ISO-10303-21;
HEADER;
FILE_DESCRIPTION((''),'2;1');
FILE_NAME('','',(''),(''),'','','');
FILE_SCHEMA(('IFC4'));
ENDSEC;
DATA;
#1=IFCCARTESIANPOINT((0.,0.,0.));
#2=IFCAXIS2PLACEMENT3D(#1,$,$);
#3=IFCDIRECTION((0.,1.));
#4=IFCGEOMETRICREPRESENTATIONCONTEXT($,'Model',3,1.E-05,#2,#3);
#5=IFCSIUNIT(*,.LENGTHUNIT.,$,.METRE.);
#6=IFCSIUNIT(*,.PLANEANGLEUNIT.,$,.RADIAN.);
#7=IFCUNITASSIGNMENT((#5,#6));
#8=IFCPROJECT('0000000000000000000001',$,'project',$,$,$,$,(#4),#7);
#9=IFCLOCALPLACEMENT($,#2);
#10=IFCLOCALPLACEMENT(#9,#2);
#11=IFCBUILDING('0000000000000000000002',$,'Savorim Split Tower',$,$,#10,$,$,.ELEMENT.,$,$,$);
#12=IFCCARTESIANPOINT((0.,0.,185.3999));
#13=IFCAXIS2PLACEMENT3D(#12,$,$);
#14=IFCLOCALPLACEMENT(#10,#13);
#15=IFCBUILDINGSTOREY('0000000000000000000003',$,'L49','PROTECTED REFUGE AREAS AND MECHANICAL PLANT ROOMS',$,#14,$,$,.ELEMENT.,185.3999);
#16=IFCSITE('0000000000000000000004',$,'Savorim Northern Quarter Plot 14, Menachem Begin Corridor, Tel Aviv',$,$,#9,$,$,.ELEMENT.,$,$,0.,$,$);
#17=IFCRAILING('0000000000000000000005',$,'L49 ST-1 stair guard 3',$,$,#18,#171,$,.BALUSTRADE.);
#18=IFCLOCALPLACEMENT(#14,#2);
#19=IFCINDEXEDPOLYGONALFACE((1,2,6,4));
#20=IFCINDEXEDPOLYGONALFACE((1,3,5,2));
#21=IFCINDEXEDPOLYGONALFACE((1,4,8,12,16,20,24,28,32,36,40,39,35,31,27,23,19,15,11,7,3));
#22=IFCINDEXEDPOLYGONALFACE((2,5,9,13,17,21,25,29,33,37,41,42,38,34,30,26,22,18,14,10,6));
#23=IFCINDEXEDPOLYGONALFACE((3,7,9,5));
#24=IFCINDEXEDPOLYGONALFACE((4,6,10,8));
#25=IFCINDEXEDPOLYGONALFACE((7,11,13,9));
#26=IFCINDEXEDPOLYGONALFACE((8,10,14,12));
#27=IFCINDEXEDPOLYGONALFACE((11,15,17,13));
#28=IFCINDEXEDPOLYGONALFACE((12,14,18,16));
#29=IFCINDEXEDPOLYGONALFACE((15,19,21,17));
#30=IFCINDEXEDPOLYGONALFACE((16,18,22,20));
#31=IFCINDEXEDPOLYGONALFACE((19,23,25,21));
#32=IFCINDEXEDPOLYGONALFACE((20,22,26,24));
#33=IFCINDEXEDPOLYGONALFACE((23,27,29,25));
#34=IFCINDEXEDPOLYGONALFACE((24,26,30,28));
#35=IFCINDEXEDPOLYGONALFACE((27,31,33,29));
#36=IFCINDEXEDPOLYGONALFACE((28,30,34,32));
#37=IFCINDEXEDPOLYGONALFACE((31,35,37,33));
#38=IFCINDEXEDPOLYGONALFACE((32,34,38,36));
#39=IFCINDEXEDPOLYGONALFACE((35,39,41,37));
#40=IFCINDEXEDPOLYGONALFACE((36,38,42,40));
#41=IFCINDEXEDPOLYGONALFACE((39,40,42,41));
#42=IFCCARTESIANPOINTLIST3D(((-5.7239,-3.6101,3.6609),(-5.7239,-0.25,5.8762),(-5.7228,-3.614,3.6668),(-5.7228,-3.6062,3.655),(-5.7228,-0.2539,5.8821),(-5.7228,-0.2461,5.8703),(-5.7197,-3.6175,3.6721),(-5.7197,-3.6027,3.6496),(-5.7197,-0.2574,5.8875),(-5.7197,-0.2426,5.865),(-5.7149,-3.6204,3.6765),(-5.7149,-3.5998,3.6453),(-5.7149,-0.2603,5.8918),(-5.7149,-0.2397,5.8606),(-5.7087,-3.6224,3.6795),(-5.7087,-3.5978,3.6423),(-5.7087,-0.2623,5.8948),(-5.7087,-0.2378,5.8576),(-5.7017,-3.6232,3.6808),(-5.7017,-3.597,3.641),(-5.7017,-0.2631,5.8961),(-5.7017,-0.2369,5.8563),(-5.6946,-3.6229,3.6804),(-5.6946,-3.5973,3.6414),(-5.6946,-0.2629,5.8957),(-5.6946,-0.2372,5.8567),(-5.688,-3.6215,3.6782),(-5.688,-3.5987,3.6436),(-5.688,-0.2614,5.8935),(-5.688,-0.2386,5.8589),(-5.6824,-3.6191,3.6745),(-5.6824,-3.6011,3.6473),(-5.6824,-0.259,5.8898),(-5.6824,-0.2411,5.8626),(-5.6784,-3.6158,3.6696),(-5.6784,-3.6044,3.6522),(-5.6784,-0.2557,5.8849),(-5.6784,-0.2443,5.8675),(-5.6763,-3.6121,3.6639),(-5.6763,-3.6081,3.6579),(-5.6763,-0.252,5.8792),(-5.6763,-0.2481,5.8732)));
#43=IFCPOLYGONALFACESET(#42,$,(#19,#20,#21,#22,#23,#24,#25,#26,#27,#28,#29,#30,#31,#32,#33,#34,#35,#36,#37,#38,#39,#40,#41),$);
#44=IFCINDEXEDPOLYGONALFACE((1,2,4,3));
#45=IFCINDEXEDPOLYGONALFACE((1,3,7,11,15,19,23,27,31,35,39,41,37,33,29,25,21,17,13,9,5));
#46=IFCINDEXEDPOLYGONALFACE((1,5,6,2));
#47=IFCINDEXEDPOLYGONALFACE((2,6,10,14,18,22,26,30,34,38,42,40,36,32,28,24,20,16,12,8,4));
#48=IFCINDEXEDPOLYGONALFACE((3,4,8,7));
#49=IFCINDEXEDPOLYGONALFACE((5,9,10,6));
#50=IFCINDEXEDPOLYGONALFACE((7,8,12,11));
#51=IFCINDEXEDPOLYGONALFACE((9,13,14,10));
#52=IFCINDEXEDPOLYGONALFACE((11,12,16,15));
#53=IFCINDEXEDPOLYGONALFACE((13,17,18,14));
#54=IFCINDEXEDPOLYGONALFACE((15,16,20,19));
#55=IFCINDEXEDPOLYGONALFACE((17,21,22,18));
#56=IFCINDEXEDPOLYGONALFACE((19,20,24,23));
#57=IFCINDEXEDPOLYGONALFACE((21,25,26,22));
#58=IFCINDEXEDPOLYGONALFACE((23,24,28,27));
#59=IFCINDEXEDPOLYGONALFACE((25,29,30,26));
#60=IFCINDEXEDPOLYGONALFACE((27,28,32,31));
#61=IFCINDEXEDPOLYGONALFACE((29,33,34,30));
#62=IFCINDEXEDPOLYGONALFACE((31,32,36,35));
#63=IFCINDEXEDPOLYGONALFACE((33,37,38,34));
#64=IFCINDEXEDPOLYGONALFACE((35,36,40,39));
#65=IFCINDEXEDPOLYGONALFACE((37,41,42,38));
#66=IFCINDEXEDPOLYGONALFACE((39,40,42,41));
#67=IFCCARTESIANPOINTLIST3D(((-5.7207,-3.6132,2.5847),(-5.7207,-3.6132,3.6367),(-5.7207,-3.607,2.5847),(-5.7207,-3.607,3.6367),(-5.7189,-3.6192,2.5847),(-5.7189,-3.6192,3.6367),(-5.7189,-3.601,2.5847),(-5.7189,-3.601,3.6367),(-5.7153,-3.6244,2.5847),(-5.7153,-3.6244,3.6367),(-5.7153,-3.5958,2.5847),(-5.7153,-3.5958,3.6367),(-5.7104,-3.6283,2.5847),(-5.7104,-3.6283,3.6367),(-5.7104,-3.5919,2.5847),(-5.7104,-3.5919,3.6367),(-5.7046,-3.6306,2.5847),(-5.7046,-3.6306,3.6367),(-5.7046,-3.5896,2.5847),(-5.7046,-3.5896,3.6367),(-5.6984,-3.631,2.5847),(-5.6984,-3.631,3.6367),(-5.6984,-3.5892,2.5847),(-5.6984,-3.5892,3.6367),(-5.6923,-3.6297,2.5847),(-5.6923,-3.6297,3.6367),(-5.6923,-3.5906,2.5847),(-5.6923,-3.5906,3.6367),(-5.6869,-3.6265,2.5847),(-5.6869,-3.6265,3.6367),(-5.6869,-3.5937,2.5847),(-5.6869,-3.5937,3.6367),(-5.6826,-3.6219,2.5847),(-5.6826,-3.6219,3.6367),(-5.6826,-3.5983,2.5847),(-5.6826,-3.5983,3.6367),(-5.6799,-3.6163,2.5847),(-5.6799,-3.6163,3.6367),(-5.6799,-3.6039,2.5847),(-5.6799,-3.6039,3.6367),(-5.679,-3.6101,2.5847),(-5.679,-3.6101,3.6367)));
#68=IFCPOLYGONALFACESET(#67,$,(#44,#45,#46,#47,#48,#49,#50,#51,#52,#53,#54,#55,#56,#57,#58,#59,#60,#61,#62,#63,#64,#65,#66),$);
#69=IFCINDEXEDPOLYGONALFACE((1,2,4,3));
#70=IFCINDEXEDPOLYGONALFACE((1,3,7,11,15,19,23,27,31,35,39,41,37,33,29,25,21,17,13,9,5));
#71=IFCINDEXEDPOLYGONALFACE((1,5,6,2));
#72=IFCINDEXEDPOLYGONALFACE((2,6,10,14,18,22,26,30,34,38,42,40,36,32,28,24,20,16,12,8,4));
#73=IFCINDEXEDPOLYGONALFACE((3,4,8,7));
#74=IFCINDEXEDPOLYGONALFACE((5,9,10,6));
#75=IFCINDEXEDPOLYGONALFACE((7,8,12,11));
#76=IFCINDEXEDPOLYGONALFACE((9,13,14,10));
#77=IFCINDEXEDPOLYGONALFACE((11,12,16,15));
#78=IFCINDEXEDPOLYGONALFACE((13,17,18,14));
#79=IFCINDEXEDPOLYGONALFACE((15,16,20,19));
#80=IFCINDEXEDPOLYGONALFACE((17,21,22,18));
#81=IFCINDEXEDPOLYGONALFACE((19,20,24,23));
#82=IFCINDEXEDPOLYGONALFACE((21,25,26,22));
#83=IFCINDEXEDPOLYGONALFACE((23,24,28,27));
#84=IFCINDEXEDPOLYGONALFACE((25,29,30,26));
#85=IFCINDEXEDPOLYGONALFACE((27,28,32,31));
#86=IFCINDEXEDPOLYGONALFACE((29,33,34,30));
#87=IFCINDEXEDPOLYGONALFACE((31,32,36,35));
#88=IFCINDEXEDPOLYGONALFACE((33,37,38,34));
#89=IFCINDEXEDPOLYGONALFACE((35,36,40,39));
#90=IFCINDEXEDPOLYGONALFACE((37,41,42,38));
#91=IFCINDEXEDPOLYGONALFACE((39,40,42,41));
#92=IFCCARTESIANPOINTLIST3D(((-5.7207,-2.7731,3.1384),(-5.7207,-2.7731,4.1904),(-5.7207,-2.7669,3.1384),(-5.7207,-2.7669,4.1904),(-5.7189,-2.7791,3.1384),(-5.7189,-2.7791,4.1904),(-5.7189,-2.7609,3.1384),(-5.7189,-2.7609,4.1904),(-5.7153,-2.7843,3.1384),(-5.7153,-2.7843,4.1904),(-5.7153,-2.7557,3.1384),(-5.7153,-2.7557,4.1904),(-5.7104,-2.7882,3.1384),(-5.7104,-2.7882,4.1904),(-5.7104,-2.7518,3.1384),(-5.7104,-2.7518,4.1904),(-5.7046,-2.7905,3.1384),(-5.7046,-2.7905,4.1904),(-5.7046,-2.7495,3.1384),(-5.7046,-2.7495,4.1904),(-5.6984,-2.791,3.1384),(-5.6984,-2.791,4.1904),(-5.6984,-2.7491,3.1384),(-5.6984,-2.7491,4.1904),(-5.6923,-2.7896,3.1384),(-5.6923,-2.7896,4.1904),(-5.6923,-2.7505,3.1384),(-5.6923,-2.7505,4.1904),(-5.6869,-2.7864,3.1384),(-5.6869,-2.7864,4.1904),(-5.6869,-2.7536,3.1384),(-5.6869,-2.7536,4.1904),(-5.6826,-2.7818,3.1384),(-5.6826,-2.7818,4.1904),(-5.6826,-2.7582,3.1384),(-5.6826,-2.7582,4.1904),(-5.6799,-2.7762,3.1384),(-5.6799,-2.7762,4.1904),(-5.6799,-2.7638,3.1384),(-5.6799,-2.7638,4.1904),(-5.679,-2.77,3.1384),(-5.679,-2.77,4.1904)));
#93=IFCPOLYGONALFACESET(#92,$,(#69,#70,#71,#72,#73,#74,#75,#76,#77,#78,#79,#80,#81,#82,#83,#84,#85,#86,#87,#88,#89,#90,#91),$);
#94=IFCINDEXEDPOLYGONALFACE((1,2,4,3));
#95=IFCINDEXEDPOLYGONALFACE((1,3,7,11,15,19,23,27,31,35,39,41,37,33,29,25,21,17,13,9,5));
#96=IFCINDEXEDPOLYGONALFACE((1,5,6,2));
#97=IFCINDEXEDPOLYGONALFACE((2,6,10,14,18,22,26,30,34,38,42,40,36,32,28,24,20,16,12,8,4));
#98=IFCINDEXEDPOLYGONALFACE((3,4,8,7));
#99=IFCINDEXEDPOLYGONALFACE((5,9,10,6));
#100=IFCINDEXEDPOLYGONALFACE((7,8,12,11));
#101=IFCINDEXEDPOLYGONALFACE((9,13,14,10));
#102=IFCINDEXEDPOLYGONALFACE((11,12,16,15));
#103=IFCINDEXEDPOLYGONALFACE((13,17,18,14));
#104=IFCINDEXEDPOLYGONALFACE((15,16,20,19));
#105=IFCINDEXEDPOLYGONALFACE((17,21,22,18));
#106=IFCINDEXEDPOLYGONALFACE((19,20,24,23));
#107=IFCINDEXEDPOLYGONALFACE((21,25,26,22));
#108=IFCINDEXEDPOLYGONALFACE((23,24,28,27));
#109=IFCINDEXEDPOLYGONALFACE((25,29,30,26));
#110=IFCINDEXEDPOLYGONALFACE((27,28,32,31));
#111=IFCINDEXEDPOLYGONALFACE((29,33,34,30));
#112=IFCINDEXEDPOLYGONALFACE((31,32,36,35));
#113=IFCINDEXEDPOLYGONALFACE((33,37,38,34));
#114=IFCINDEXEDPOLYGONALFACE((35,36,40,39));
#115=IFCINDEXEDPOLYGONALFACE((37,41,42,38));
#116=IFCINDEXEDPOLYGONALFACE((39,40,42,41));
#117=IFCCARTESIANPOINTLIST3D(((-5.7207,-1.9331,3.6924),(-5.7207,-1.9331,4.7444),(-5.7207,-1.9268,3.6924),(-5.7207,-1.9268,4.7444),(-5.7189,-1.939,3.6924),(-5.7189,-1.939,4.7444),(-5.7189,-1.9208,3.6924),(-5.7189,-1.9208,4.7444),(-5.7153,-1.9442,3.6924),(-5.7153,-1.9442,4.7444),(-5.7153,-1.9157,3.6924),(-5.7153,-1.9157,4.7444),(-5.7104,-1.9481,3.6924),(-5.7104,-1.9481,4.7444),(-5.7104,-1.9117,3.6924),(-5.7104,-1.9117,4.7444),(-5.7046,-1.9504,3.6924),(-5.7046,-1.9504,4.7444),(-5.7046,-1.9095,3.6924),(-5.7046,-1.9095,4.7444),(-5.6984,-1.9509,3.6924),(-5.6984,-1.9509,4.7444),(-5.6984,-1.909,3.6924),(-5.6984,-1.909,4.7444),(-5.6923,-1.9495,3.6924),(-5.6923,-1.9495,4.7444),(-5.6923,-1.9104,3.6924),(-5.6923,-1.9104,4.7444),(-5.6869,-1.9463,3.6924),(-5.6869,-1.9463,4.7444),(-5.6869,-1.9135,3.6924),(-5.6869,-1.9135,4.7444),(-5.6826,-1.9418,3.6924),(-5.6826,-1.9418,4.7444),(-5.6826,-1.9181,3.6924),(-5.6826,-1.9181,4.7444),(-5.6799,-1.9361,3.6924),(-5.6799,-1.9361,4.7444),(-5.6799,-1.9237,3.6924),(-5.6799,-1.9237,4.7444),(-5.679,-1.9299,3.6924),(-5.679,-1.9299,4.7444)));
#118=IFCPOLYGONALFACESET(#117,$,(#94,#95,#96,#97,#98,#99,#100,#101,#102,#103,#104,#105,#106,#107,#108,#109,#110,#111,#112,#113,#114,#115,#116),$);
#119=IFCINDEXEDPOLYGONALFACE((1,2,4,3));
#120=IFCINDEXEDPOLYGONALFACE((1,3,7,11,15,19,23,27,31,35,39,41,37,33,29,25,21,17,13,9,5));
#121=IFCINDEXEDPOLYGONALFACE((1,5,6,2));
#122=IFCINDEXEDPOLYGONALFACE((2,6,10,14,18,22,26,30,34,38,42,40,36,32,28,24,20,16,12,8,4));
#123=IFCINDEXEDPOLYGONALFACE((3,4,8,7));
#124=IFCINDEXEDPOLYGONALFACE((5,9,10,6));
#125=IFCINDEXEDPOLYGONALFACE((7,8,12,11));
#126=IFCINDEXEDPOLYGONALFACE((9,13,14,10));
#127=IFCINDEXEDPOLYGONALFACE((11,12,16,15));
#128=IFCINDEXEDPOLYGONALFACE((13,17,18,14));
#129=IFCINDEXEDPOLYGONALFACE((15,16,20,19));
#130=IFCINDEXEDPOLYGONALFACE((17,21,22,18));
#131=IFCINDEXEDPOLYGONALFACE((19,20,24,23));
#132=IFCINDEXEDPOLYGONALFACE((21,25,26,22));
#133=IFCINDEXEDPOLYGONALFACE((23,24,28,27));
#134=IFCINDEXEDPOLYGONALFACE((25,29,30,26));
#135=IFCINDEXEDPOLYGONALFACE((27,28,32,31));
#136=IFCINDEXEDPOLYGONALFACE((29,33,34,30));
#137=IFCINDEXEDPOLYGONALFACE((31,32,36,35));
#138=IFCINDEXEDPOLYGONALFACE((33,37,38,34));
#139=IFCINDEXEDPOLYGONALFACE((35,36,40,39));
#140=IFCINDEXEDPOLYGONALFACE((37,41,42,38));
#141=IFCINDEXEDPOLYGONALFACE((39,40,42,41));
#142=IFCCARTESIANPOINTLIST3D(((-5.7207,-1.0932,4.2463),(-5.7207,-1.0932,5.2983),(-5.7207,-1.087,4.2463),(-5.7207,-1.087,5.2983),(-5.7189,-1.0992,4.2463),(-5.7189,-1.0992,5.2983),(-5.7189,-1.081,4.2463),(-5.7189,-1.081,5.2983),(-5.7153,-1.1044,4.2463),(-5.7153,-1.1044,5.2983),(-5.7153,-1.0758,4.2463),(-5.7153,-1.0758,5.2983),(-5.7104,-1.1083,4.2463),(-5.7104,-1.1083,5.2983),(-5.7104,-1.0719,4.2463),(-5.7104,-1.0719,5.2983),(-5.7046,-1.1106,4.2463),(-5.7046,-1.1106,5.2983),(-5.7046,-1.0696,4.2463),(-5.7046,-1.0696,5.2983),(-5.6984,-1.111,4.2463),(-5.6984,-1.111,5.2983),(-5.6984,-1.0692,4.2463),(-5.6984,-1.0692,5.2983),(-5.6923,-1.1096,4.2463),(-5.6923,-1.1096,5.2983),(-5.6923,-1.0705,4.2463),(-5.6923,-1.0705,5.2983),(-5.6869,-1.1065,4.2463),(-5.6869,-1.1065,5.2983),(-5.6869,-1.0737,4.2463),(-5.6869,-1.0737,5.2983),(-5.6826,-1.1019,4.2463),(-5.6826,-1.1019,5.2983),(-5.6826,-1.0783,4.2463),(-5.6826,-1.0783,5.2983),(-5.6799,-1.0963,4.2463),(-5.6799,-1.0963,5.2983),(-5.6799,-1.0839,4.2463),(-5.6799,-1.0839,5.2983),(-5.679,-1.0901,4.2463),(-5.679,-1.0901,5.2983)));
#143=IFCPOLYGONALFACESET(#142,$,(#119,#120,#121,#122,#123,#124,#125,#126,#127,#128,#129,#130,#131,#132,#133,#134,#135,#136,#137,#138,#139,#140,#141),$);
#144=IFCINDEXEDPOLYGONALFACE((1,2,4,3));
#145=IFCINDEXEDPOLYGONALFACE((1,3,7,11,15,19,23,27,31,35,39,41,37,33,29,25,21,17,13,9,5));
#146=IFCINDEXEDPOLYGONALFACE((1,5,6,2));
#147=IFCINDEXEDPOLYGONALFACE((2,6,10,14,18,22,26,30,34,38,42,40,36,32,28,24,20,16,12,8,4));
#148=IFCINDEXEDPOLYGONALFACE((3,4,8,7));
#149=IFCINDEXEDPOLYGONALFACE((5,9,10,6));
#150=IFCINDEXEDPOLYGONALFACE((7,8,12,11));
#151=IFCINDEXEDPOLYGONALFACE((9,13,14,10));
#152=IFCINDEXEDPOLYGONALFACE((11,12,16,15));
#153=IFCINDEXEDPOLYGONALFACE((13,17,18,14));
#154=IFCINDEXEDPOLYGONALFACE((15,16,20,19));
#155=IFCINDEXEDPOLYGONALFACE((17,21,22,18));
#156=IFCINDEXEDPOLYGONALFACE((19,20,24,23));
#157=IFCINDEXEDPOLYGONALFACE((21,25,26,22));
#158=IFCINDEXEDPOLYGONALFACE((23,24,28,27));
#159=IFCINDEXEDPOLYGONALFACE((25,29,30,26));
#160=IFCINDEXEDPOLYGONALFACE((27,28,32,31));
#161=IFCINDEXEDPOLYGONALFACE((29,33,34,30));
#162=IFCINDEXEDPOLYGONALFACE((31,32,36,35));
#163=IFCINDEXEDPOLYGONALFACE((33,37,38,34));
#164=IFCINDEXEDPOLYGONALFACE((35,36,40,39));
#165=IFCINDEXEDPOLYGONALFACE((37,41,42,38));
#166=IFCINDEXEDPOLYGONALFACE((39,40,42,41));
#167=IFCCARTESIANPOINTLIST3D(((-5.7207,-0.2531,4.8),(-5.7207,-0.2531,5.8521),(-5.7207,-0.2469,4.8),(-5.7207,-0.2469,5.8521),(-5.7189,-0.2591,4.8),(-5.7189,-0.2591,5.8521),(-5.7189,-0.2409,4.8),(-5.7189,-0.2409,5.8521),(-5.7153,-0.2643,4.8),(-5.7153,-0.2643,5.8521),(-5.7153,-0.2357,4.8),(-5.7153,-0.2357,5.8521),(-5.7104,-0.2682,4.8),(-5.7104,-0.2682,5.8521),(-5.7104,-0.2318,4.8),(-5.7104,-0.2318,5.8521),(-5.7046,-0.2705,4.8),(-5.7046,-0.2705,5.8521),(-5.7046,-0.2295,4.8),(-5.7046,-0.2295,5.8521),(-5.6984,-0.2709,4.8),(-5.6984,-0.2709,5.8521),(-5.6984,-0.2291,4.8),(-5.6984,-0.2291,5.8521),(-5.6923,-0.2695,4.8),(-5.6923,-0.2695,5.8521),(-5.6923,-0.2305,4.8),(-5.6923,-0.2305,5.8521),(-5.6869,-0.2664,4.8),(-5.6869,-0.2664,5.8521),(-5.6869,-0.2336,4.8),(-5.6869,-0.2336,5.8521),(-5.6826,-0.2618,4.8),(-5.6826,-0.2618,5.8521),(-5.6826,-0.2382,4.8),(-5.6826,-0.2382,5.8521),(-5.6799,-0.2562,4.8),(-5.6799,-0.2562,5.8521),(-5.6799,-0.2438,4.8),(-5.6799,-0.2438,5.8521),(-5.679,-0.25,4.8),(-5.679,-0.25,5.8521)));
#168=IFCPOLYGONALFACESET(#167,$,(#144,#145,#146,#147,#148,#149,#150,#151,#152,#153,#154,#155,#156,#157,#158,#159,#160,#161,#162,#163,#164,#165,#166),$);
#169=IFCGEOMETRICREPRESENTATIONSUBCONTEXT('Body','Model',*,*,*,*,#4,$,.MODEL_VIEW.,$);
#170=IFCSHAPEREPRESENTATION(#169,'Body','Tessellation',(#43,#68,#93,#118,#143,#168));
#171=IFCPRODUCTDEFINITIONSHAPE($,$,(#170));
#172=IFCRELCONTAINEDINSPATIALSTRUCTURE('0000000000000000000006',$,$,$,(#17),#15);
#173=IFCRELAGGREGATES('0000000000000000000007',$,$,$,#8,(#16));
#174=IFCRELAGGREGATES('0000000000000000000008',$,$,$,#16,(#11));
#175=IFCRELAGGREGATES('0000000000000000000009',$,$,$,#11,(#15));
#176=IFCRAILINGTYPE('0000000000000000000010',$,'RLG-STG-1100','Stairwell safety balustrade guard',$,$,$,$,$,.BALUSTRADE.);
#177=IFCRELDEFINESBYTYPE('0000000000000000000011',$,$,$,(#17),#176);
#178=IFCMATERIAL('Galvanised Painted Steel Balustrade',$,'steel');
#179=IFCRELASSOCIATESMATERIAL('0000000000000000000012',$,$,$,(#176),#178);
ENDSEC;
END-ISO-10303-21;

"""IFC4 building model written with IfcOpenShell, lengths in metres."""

from ifc_helpers import new_model, si_unit, direction, frame, origin, origin_2d, place, context, subcontext, project, spatial, circle, extrude, material, type_object, element, save


model = new_model("IFC4")

# Units and contexts
model_context = context("Model", 3, precision=1e-05, world=origin(), true_north=direction((0.0, 1.0)))
body_context = subcontext(model_context, "Body", "Model", "MODEL_VIEW")
ifc_project = project(units=[si_unit("LENGTHUNIT", "METRE"), si_unit("PLANEANGLEUNIT", "RADIAN")], contexts=[model_context])

# Site, building, storey
site_placement = place(None, origin())
site = spatial("IfcSite", under=ifc_project, at=site_placement, Name="Savorim Northern Quarter Plot 14, Menachem Begin Corridor, Tel Aviv", CompositionType="ELEMENT", RefElevation=0.0)
building_placement = place(site_placement, origin())
building = spatial("IfcBuilding", under=site, at=building_placement, Name="Savorim Split Tower", CompositionType="ELEMENT")
storey_placement = place(building_placement, frame((0.0, 0.0, 185.3999)))
storey = spatial("IfcBuildingStorey", under=building, at=storey_placement, Name="L49", Description="PROTECTED REFUGE AREAS AND MECHANICAL PLANT ROOMS", CompositionType="ELEMENT", Elevation=185.3999)

# Railing
ifc_material_1 = material(Name="Galvanised Painted Steel Balustrade", Category="steel")
railing_type_1 = type_object("IfcRailingType", Name="RLG-STG-1100", Description="Stairwell safety balustrade guard", PredefinedType="BALUSTRADE", material=ifc_material_1)
railing_1_placement = place(storey_placement, frame((-5.7, -3.6101, 2.5847)))
element("IfcRailing", 1, at=railing_1_placement, inside=storey, type_object=railing_type_1, Name="L49 ST-1 stair guard 3", PredefinedType="BALUSTRADE", context=body_context, shape_type="SweptSolid", body=[
    extrude(circle(Radius=0.0239, at=origin_2d()), frame((0.0, 0.0, 1.0762), z_axis=(0.0, 0.834876, 0.550437), x_axis=(-1.0, 0.0, 0.0)), (0.0, 0.0, 1.0), 4.0247),
    extrude(circle(Radius=0.021, at=origin_2d()), origin(), (0.0, 0.0, 1.0), 1.052),
    extrude(circle(Radius=0.021, at=origin_2d()), frame((0.0, 0.8401, 0.5537)), (0.0, 0.0, 1.0), 1.052),
    extrude(circle(Radius=0.021, at=origin_2d()), frame((0.0, 1.6802, 1.1077)), (0.0, 0.0, 1.0), 1.052),
    extrude(circle(Radius=0.021, at=origin_2d()), frame((0.0, 2.52, 1.6616)), (0.0, 0.0, 1.0), 1.052),
    extrude(circle(Radius=0.021, at=origin_2d()), frame((0.0, 3.3601, 2.2153)), (0.0, 0.0, 1.0), 1.052),
])

save(model, "model.ifc")
